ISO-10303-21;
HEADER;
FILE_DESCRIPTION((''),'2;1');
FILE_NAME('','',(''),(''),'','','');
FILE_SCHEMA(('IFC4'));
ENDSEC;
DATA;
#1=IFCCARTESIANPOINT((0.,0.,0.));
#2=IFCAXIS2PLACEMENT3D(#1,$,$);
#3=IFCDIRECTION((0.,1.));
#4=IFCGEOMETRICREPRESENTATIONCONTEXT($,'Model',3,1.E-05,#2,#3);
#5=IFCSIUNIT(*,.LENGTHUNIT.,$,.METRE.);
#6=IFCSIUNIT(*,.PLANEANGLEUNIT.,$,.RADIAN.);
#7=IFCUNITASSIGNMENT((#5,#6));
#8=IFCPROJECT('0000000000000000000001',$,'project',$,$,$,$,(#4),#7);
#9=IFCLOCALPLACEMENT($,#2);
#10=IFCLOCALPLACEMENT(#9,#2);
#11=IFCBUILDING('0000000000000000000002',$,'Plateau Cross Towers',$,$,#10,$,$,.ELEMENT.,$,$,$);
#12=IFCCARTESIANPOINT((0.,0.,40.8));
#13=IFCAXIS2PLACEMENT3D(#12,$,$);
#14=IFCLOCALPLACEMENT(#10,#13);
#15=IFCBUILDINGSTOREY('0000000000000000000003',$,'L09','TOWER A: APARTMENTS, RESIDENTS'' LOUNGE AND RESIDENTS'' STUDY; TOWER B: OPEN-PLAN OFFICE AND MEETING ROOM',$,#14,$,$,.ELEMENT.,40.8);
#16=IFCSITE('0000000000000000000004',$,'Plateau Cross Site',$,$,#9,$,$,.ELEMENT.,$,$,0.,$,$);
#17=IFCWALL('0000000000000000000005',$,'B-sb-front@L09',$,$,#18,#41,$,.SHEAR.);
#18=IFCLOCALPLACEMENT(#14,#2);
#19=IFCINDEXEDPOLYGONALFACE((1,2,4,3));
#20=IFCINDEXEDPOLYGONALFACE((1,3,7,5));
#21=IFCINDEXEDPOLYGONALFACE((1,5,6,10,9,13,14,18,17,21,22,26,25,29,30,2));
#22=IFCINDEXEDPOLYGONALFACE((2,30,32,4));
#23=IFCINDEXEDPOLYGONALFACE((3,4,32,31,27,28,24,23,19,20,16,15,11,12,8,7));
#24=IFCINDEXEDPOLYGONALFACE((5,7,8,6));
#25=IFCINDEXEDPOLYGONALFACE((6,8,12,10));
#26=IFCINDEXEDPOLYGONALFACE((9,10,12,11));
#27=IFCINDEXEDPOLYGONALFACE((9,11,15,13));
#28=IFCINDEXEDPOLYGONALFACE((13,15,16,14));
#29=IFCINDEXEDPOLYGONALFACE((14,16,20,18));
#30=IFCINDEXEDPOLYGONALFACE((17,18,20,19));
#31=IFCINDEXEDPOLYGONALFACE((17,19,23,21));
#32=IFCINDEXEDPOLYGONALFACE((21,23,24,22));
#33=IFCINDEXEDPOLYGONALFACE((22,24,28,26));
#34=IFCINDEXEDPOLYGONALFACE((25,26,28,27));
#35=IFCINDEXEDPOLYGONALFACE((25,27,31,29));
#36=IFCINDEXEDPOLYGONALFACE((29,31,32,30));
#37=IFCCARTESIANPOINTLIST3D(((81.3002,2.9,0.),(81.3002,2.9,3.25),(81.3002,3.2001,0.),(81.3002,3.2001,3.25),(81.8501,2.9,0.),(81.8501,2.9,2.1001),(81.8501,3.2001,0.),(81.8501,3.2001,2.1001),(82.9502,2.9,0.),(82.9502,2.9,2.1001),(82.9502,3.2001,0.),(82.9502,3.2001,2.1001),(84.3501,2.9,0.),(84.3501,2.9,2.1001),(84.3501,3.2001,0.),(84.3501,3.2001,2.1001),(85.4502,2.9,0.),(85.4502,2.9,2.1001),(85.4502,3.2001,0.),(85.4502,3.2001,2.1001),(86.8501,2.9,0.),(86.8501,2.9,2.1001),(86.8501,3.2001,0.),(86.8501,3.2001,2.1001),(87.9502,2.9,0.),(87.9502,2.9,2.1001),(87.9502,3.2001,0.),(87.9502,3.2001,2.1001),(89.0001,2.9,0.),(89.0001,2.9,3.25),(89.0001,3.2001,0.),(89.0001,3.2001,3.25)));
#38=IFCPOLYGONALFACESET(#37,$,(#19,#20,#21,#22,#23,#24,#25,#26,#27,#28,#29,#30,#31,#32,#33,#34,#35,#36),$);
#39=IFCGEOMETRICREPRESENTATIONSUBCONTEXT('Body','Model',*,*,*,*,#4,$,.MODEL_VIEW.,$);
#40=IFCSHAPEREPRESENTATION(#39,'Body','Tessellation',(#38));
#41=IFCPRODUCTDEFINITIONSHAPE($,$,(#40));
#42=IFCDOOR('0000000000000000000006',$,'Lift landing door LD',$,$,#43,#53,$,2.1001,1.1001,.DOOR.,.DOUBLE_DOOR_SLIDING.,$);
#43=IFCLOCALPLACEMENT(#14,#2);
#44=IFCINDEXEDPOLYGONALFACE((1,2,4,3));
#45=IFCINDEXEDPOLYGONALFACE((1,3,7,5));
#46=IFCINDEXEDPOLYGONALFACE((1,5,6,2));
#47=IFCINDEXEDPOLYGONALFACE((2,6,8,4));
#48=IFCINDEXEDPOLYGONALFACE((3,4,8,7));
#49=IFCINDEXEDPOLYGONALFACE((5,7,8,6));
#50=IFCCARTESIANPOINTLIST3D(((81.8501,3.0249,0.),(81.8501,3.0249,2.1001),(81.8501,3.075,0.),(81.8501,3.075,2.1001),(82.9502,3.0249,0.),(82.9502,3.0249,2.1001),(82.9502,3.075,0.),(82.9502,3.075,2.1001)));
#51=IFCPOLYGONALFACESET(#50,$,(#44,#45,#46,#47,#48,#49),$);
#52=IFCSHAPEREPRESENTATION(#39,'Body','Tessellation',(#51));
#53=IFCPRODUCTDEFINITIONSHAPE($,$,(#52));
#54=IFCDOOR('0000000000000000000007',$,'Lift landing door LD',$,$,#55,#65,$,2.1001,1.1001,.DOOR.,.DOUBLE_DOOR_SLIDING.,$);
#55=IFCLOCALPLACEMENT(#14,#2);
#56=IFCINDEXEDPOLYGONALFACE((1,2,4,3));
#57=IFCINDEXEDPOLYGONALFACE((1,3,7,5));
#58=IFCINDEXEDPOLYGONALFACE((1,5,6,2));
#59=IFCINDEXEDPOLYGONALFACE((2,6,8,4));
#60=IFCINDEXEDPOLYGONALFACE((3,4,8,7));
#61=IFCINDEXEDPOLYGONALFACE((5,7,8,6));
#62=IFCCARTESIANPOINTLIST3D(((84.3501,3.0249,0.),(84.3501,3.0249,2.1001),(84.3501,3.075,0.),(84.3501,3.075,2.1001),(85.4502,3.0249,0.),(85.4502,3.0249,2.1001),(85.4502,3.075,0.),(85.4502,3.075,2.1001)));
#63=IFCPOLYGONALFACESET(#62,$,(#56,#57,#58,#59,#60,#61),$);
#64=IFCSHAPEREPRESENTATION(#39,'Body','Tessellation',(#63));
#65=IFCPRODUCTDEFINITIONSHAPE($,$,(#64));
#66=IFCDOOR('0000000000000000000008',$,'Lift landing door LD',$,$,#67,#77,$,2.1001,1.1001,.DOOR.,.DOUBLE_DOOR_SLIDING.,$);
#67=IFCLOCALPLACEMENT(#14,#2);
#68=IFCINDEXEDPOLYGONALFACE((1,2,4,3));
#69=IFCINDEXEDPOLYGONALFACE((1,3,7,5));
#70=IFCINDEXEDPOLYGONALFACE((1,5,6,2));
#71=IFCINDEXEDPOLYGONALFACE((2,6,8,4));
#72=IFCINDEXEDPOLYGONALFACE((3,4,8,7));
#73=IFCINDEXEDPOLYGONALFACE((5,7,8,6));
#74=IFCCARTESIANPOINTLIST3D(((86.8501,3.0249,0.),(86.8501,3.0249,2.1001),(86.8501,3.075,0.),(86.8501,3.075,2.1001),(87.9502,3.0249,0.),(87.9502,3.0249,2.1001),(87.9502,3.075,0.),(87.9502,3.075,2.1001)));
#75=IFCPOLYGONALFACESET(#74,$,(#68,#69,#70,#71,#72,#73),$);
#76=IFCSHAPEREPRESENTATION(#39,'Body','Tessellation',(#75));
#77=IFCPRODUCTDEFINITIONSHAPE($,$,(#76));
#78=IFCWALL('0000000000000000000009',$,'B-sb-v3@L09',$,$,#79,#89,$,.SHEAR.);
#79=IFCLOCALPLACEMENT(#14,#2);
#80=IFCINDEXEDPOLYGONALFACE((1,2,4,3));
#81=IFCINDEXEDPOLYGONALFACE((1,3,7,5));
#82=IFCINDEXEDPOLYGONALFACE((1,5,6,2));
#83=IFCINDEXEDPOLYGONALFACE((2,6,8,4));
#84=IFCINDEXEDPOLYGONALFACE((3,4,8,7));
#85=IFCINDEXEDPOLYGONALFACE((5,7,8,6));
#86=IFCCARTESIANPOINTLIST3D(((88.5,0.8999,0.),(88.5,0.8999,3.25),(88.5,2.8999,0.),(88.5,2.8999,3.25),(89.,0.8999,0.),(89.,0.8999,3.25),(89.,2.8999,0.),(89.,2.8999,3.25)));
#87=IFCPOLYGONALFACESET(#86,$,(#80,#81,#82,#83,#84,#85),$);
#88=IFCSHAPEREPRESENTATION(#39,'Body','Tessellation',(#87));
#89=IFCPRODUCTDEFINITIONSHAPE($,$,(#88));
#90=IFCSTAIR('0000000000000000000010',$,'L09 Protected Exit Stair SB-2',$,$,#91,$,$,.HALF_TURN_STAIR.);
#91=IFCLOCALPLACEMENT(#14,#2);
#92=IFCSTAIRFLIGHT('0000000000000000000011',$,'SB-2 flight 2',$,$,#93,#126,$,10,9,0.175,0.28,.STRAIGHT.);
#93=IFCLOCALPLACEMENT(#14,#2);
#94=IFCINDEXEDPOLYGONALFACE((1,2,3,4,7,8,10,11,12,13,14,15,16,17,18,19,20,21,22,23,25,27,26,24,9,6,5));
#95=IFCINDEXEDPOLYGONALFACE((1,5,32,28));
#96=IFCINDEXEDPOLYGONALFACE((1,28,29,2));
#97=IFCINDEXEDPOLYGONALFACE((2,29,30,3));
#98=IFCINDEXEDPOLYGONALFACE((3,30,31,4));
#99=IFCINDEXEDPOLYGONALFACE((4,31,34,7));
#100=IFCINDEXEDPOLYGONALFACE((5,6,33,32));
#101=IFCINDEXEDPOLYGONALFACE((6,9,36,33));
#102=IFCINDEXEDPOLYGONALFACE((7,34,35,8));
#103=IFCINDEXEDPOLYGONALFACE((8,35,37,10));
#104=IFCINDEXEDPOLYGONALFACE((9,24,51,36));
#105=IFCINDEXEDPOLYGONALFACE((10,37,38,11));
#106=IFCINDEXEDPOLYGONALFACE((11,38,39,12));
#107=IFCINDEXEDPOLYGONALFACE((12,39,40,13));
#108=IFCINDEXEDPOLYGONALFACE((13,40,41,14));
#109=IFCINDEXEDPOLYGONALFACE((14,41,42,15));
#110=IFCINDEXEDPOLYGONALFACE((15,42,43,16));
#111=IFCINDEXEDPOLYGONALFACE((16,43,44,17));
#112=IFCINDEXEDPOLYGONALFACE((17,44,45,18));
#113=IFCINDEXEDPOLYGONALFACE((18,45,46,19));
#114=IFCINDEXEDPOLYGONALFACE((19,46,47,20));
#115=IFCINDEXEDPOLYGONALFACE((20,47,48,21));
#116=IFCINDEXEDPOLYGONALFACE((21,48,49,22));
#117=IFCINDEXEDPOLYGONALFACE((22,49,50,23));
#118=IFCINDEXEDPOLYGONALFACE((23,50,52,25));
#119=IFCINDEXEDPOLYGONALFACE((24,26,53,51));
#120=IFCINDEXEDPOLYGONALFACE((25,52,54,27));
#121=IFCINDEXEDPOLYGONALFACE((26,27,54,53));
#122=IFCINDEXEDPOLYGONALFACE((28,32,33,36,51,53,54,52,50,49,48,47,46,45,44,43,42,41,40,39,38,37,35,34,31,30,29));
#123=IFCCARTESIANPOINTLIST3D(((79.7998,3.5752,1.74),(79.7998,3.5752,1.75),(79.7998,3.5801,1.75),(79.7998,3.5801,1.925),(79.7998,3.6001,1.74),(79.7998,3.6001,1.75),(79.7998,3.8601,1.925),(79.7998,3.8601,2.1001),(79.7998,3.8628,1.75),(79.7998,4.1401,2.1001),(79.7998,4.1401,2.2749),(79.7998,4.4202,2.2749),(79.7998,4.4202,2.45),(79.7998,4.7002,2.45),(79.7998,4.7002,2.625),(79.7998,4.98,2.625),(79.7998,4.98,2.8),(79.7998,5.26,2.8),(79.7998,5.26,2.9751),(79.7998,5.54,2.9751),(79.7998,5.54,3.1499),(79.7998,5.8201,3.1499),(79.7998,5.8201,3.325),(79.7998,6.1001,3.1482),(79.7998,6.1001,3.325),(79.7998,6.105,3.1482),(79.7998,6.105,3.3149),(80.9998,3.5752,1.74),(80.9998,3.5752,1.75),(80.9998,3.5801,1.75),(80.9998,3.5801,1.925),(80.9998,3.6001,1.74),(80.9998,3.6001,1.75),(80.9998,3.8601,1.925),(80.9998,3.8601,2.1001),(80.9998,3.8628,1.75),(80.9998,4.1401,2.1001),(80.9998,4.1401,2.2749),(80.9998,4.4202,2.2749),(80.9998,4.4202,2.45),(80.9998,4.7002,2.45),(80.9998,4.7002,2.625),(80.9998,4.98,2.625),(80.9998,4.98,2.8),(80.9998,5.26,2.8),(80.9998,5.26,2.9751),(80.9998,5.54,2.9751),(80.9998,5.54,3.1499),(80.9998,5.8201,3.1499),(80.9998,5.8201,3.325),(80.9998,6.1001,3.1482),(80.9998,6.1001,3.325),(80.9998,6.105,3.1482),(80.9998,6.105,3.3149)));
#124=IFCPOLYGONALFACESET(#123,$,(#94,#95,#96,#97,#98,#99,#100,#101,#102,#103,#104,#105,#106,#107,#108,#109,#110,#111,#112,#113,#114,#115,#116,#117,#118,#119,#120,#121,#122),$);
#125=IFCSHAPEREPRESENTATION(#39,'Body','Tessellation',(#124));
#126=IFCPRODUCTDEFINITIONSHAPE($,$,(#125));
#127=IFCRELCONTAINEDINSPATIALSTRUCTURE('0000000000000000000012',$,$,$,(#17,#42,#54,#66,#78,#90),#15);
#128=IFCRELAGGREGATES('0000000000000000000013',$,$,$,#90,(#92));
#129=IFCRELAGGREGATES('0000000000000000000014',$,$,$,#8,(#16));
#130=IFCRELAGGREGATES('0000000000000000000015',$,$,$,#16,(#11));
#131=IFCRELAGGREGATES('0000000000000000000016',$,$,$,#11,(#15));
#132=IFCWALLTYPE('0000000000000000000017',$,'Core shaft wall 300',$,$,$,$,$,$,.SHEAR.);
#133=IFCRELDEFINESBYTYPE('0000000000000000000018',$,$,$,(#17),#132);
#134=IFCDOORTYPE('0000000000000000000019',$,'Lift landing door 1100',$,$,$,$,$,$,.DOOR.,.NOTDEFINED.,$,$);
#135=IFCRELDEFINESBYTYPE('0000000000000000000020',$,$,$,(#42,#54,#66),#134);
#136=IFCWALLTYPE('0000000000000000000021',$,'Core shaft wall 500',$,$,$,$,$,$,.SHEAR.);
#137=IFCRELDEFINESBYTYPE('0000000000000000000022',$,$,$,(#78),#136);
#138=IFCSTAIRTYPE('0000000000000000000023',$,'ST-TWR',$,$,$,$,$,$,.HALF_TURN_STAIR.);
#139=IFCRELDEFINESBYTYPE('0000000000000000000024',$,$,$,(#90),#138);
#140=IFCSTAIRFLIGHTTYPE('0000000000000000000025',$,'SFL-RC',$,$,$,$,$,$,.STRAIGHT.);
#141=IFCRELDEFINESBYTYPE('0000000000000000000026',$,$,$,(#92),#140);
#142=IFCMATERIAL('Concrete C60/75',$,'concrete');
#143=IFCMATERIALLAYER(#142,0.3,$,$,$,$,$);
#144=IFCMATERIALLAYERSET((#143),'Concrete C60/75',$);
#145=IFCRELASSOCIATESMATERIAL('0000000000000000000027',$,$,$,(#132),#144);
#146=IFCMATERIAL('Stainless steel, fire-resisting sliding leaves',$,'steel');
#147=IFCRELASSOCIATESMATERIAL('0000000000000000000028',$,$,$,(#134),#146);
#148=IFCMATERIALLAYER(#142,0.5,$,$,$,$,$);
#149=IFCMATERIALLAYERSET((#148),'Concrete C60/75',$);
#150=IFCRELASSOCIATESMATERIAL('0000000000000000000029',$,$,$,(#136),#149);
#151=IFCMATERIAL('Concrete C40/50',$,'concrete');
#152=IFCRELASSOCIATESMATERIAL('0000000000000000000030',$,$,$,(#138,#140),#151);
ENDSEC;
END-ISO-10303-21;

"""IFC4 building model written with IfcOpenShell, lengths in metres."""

from ifc_helpers import new_model, si_unit, direction, frame, frame_2d, origin, place, context, subcontext, project, spatial, polyline, rectangle, outline, extrude, material, layer, layer_set, type_object, element, fill, aggregate, save


model = new_model("IFC4")

# Units and contexts
model_context = context("Model", 3, precision=1e-05, world=origin(), true_north=direction((0.0, 1.0)))
body_context = subcontext(model_context, "Body", "Model", "MODEL_VIEW")
ifc_project = project(units=[si_unit("LENGTHUNIT", "METRE"), si_unit("PLANEANGLEUNIT", "RADIAN")], contexts=[model_context])

# Site, building, storey
site_placement = place(None, origin())
site = spatial("IfcSite", under=ifc_project, at=site_placement, Name="Plateau Cross Site", CompositionType="ELEMENT", RefElevation=0.0)
building_placement = place(site_placement, origin())
building = spatial("IfcBuilding", under=site, at=building_placement, Name="Plateau Cross Towers", CompositionType="ELEMENT")
storey_placement = place(building_placement, frame((0.0, 0.0, 40.8)))
storey = spatial("IfcBuildingStorey", under=building, at=storey_placement, Name="L09", Description="TOWER A: APARTMENTS, RESIDENTS' LOUNGE AND RESIDENTS' STUDY; TOWER B: OPEN-PLAN OFFICE AND MEETING ROOM", CompositionType="ELEMENT", Elevation=40.8)

# Shared definitions
ifc_material_1 = material(Name="Concrete C60/75", Category="concrete")

# Shared definitions
ifc_layer_1 = layer(ifc_material_1, 0.3)
ifc_layer_set_1 = layer_set([ifc_layer_1], Name="Concrete C60/75")
wall_type_1 = type_object("IfcWallType", Name="Core shaft wall 300", PredefinedType="SHEAR", material=ifc_layer_set_1)

# Wall, openings, doors
wall_1_placement = place(storey_placement, frame((81.3, 3.05, 0.0), z_axis=(0.0, 0.0, 1.0), x_axis=(1.0, 0.0, 0.0)))
wall_1 = element("IfcWall", 1, at=wall_1_placement, inside=storey, type_object=wall_type_1, Name="B-sb-front@L09", PredefinedType="SHEAR", context=body_context, shape_type="SweptSolid", body=[
    extrude(rectangle(XDim=7.7, YDim=0.3, at=frame_2d((3.8501, 0.0))), origin(), (0.0, 0.0, 1.0), 3.25),
])
opening_1_placement = place(wall_1_placement, frame((0.55, 0.0, 0.0)))
opening_1 = element("IfcOpeningElement", 2, at=opening_1_placement, cuts=wall_1, PredefinedType="OPENING", context=body_context, shape_type="SweptSolid", body=[
    extrude(rectangle(XDim=1.1001, YDim=2.1001, at=frame_2d((0.55, 1.05))), frame((0.0, 0.1599, 0.0), z_axis=(0.0, -1.0, 0.0), x_axis=(1.0, 0.0, 0.0)), (0.0, 0.0, 1.0), 0.3201),
])
opening_2_placement = place(wall_1_placement, frame((3.05, 0.0, 0.0)))
opening_2 = element("IfcOpeningElement", 3, at=opening_2_placement, cuts=wall_1, PredefinedType="OPENING", context=body_context, shape_type="SweptSolid", body=[
    extrude(rectangle(XDim=1.1001, YDim=2.1001, at=frame_2d((0.55, 1.05))), frame((0.0, 0.1599, 0.0), z_axis=(0.0, -1.0, 0.0), x_axis=(1.0, 0.0, 0.0)), (0.0, 0.0, 1.0), 0.3201),
])
opening_3_placement = place(wall_1_placement, frame((5.55, 0.0, 0.0)))
opening_3 = element("IfcOpeningElement", 4, at=opening_3_placement, cuts=wall_1, PredefinedType="OPENING", context=body_context, shape_type="SweptSolid", body=[
    extrude(rectangle(XDim=1.1001, YDim=2.1001, at=frame_2d((0.55, 1.05))), frame((0.0, 0.1599, 0.0), z_axis=(0.0, -1.0, 0.0), x_axis=(1.0, 0.0, 0.0)), (0.0, 0.0, 1.0), 0.3201),
])
ifc_material_2 = material(Name="Stainless steel, fire-resisting sliding leaves", Category="steel")
door_type = type_object("IfcDoorType", Name="Lift landing door 1100", OperationType="NOTDEFINED", PredefinedType="DOOR", material=ifc_material_2)
door_1_placement = place(opening_1_placement, origin())
door_1 = element("IfcDoor", 5, at=door_1_placement, inside=storey, type_object=door_type, Name="Lift landing door LD", OperationType="DOUBLE_DOOR_SLIDING", OverallHeight=2.1001, OverallWidth=1.1001, PredefinedType="DOOR", context=body_context, shape_type="SweptSolid", body=[
    extrude(rectangle(XDim=1.1001, YDim=2.1001, at=frame_2d((0.55, 1.05))), frame((0.0, 0.0249, 0.0), z_axis=(0.0, -1.0, 0.0), x_axis=(1.0, 0.0, 0.0)), (0.0, 0.0, 1.0), 0.05),
])
fill(opening_1, door_1)
door_2_placement = place(opening_2_placement, origin())
door_2 = element("IfcDoor", 6, at=door_2_placement, inside=storey, type_object=door_type, Name="Lift landing door LD", OperationType="DOUBLE_DOOR_SLIDING", OverallHeight=2.1001, OverallWidth=1.1001, PredefinedType="DOOR", context=body_context, shape_type="SweptSolid", body=[
    extrude(rectangle(XDim=1.1001, YDim=2.1001, at=frame_2d((0.55, 1.05))), frame((0.0, 0.0249, 0.0), z_axis=(0.0, -1.0, 0.0), x_axis=(1.0, 0.0, 0.0)), (0.0, 0.0, 1.0), 0.05),
])
fill(opening_2, door_2)
door_3_placement = place(opening_3_placement, origin())
door_3 = element("IfcDoor", 7, at=door_3_placement, inside=storey, type_object=door_type, Name="Lift landing door LD", OperationType="DOUBLE_DOOR_SLIDING", OverallHeight=2.1001, OverallWidth=1.1001, PredefinedType="DOOR", context=body_context, shape_type="SweptSolid", body=[
    extrude(rectangle(XDim=1.1001, YDim=2.1001, at=frame_2d((0.55, 1.05))), frame((0.0, 0.0249, 0.0), z_axis=(0.0, -1.0, 0.0), x_axis=(1.0, 0.0, 0.0)), (0.0, 0.0, 1.0), 0.05),
])
fill(opening_3, door_3)

# Wall
ifc_layer_2 = layer(ifc_material_1, 0.5)
ifc_layer_set_2 = layer_set([ifc_layer_2], Name="Concrete C60/75")
wall_type_2 = type_object("IfcWallType", Name="Core shaft wall 500", PredefinedType="SHEAR", material=ifc_layer_set_2)
wall_2_placement = place(storey_placement, frame((88.75, 0.8999, 0.0), z_axis=(0.0, 0.0, 1.0), x_axis=(0.0, 1.0, 0.0)))
element("IfcWall", 8, at=wall_2_placement, inside=storey, type_object=wall_type_2, Name="B-sb-v3@L09", PredefinedType="SHEAR", context=body_context, shape_type="SweptSolid", body=[
    extrude(rectangle(XDim=2.0, YDim=0.5, at=frame_2d((1.0, 0.0))), origin(), (0.0, 0.0, 1.0), 3.25),
])

# Stair, stair flight
ifc_material_3 = material(Name="Concrete C40/50", Category="concrete")
stair_type = type_object("IfcStairType", Name="ST-TWR", PredefinedType="HALF_TURN_STAIR", material=ifc_material_3)
stair_placement = place(storey_placement, origin())
stair = element("IfcStair", 9, at=stair_placement, inside=storey, type_object=stair_type, Name="L09 Protected Exit Stair SB-2", PredefinedType="HALF_TURN_STAIR")
stair_flight_type = type_object("IfcStairFlightType", Name="SFL-RC", PredefinedType="STRAIGHT", material=ifc_material_3)
stair_flight_placement = place(storey_placement, frame((80.3999, 3.5801, 1.75), z_axis=(0.0, 0.0, 1.0), x_axis=(0.0, 1.0, 0.0)))
stair_flight = element("IfcStairFlight", 10, at=stair_flight_placement, type_object=stair_flight_type, Name="SB-2 flight 2", NumberOfRisers=10, NumberOfTreads=9, PredefinedType="STRAIGHT", RiserHeight=0.175, TreadLength=0.28, context=body_context, shape_type="SweptSolid", body=[
    extrude(outline(polyline([(-0.0049, -0.01), (-0.0049, 0.0), (0.0, 0.0), (0.0, 0.175), (0.28, 0.175), (0.28, 0.3501), (0.5601, 0.3501), (0.5601, 0.5249), (0.8401, 0.5249), (0.8401, 0.7), (1.1201, 0.7), (1.1201, 0.875), (1.3999, 0.875), (1.3999, 1.05), (1.6799, 1.05), (1.6799, 1.2251), (1.96, 1.2251), (1.96, 1.3999), (2.24, 1.3999), (2.24, 1.575), (2.52, 1.575), (2.5249, 1.5649), (2.5249, 1.3982), (2.52, 1.3982), (0.2827, 0.0), (0.02, 0.0), (0.02, -0.01), (-0.0049, -0.01)])), frame((0.0, 0.6001, 0.0), z_axis=(0.0, -1.0, 0.0), x_axis=(1.0, 0.0, 0.0)), (0.0, 0.0, 1.0), 1.2),
])
aggregate(stair, [stair_flight])

save(model, "model.ifc")
